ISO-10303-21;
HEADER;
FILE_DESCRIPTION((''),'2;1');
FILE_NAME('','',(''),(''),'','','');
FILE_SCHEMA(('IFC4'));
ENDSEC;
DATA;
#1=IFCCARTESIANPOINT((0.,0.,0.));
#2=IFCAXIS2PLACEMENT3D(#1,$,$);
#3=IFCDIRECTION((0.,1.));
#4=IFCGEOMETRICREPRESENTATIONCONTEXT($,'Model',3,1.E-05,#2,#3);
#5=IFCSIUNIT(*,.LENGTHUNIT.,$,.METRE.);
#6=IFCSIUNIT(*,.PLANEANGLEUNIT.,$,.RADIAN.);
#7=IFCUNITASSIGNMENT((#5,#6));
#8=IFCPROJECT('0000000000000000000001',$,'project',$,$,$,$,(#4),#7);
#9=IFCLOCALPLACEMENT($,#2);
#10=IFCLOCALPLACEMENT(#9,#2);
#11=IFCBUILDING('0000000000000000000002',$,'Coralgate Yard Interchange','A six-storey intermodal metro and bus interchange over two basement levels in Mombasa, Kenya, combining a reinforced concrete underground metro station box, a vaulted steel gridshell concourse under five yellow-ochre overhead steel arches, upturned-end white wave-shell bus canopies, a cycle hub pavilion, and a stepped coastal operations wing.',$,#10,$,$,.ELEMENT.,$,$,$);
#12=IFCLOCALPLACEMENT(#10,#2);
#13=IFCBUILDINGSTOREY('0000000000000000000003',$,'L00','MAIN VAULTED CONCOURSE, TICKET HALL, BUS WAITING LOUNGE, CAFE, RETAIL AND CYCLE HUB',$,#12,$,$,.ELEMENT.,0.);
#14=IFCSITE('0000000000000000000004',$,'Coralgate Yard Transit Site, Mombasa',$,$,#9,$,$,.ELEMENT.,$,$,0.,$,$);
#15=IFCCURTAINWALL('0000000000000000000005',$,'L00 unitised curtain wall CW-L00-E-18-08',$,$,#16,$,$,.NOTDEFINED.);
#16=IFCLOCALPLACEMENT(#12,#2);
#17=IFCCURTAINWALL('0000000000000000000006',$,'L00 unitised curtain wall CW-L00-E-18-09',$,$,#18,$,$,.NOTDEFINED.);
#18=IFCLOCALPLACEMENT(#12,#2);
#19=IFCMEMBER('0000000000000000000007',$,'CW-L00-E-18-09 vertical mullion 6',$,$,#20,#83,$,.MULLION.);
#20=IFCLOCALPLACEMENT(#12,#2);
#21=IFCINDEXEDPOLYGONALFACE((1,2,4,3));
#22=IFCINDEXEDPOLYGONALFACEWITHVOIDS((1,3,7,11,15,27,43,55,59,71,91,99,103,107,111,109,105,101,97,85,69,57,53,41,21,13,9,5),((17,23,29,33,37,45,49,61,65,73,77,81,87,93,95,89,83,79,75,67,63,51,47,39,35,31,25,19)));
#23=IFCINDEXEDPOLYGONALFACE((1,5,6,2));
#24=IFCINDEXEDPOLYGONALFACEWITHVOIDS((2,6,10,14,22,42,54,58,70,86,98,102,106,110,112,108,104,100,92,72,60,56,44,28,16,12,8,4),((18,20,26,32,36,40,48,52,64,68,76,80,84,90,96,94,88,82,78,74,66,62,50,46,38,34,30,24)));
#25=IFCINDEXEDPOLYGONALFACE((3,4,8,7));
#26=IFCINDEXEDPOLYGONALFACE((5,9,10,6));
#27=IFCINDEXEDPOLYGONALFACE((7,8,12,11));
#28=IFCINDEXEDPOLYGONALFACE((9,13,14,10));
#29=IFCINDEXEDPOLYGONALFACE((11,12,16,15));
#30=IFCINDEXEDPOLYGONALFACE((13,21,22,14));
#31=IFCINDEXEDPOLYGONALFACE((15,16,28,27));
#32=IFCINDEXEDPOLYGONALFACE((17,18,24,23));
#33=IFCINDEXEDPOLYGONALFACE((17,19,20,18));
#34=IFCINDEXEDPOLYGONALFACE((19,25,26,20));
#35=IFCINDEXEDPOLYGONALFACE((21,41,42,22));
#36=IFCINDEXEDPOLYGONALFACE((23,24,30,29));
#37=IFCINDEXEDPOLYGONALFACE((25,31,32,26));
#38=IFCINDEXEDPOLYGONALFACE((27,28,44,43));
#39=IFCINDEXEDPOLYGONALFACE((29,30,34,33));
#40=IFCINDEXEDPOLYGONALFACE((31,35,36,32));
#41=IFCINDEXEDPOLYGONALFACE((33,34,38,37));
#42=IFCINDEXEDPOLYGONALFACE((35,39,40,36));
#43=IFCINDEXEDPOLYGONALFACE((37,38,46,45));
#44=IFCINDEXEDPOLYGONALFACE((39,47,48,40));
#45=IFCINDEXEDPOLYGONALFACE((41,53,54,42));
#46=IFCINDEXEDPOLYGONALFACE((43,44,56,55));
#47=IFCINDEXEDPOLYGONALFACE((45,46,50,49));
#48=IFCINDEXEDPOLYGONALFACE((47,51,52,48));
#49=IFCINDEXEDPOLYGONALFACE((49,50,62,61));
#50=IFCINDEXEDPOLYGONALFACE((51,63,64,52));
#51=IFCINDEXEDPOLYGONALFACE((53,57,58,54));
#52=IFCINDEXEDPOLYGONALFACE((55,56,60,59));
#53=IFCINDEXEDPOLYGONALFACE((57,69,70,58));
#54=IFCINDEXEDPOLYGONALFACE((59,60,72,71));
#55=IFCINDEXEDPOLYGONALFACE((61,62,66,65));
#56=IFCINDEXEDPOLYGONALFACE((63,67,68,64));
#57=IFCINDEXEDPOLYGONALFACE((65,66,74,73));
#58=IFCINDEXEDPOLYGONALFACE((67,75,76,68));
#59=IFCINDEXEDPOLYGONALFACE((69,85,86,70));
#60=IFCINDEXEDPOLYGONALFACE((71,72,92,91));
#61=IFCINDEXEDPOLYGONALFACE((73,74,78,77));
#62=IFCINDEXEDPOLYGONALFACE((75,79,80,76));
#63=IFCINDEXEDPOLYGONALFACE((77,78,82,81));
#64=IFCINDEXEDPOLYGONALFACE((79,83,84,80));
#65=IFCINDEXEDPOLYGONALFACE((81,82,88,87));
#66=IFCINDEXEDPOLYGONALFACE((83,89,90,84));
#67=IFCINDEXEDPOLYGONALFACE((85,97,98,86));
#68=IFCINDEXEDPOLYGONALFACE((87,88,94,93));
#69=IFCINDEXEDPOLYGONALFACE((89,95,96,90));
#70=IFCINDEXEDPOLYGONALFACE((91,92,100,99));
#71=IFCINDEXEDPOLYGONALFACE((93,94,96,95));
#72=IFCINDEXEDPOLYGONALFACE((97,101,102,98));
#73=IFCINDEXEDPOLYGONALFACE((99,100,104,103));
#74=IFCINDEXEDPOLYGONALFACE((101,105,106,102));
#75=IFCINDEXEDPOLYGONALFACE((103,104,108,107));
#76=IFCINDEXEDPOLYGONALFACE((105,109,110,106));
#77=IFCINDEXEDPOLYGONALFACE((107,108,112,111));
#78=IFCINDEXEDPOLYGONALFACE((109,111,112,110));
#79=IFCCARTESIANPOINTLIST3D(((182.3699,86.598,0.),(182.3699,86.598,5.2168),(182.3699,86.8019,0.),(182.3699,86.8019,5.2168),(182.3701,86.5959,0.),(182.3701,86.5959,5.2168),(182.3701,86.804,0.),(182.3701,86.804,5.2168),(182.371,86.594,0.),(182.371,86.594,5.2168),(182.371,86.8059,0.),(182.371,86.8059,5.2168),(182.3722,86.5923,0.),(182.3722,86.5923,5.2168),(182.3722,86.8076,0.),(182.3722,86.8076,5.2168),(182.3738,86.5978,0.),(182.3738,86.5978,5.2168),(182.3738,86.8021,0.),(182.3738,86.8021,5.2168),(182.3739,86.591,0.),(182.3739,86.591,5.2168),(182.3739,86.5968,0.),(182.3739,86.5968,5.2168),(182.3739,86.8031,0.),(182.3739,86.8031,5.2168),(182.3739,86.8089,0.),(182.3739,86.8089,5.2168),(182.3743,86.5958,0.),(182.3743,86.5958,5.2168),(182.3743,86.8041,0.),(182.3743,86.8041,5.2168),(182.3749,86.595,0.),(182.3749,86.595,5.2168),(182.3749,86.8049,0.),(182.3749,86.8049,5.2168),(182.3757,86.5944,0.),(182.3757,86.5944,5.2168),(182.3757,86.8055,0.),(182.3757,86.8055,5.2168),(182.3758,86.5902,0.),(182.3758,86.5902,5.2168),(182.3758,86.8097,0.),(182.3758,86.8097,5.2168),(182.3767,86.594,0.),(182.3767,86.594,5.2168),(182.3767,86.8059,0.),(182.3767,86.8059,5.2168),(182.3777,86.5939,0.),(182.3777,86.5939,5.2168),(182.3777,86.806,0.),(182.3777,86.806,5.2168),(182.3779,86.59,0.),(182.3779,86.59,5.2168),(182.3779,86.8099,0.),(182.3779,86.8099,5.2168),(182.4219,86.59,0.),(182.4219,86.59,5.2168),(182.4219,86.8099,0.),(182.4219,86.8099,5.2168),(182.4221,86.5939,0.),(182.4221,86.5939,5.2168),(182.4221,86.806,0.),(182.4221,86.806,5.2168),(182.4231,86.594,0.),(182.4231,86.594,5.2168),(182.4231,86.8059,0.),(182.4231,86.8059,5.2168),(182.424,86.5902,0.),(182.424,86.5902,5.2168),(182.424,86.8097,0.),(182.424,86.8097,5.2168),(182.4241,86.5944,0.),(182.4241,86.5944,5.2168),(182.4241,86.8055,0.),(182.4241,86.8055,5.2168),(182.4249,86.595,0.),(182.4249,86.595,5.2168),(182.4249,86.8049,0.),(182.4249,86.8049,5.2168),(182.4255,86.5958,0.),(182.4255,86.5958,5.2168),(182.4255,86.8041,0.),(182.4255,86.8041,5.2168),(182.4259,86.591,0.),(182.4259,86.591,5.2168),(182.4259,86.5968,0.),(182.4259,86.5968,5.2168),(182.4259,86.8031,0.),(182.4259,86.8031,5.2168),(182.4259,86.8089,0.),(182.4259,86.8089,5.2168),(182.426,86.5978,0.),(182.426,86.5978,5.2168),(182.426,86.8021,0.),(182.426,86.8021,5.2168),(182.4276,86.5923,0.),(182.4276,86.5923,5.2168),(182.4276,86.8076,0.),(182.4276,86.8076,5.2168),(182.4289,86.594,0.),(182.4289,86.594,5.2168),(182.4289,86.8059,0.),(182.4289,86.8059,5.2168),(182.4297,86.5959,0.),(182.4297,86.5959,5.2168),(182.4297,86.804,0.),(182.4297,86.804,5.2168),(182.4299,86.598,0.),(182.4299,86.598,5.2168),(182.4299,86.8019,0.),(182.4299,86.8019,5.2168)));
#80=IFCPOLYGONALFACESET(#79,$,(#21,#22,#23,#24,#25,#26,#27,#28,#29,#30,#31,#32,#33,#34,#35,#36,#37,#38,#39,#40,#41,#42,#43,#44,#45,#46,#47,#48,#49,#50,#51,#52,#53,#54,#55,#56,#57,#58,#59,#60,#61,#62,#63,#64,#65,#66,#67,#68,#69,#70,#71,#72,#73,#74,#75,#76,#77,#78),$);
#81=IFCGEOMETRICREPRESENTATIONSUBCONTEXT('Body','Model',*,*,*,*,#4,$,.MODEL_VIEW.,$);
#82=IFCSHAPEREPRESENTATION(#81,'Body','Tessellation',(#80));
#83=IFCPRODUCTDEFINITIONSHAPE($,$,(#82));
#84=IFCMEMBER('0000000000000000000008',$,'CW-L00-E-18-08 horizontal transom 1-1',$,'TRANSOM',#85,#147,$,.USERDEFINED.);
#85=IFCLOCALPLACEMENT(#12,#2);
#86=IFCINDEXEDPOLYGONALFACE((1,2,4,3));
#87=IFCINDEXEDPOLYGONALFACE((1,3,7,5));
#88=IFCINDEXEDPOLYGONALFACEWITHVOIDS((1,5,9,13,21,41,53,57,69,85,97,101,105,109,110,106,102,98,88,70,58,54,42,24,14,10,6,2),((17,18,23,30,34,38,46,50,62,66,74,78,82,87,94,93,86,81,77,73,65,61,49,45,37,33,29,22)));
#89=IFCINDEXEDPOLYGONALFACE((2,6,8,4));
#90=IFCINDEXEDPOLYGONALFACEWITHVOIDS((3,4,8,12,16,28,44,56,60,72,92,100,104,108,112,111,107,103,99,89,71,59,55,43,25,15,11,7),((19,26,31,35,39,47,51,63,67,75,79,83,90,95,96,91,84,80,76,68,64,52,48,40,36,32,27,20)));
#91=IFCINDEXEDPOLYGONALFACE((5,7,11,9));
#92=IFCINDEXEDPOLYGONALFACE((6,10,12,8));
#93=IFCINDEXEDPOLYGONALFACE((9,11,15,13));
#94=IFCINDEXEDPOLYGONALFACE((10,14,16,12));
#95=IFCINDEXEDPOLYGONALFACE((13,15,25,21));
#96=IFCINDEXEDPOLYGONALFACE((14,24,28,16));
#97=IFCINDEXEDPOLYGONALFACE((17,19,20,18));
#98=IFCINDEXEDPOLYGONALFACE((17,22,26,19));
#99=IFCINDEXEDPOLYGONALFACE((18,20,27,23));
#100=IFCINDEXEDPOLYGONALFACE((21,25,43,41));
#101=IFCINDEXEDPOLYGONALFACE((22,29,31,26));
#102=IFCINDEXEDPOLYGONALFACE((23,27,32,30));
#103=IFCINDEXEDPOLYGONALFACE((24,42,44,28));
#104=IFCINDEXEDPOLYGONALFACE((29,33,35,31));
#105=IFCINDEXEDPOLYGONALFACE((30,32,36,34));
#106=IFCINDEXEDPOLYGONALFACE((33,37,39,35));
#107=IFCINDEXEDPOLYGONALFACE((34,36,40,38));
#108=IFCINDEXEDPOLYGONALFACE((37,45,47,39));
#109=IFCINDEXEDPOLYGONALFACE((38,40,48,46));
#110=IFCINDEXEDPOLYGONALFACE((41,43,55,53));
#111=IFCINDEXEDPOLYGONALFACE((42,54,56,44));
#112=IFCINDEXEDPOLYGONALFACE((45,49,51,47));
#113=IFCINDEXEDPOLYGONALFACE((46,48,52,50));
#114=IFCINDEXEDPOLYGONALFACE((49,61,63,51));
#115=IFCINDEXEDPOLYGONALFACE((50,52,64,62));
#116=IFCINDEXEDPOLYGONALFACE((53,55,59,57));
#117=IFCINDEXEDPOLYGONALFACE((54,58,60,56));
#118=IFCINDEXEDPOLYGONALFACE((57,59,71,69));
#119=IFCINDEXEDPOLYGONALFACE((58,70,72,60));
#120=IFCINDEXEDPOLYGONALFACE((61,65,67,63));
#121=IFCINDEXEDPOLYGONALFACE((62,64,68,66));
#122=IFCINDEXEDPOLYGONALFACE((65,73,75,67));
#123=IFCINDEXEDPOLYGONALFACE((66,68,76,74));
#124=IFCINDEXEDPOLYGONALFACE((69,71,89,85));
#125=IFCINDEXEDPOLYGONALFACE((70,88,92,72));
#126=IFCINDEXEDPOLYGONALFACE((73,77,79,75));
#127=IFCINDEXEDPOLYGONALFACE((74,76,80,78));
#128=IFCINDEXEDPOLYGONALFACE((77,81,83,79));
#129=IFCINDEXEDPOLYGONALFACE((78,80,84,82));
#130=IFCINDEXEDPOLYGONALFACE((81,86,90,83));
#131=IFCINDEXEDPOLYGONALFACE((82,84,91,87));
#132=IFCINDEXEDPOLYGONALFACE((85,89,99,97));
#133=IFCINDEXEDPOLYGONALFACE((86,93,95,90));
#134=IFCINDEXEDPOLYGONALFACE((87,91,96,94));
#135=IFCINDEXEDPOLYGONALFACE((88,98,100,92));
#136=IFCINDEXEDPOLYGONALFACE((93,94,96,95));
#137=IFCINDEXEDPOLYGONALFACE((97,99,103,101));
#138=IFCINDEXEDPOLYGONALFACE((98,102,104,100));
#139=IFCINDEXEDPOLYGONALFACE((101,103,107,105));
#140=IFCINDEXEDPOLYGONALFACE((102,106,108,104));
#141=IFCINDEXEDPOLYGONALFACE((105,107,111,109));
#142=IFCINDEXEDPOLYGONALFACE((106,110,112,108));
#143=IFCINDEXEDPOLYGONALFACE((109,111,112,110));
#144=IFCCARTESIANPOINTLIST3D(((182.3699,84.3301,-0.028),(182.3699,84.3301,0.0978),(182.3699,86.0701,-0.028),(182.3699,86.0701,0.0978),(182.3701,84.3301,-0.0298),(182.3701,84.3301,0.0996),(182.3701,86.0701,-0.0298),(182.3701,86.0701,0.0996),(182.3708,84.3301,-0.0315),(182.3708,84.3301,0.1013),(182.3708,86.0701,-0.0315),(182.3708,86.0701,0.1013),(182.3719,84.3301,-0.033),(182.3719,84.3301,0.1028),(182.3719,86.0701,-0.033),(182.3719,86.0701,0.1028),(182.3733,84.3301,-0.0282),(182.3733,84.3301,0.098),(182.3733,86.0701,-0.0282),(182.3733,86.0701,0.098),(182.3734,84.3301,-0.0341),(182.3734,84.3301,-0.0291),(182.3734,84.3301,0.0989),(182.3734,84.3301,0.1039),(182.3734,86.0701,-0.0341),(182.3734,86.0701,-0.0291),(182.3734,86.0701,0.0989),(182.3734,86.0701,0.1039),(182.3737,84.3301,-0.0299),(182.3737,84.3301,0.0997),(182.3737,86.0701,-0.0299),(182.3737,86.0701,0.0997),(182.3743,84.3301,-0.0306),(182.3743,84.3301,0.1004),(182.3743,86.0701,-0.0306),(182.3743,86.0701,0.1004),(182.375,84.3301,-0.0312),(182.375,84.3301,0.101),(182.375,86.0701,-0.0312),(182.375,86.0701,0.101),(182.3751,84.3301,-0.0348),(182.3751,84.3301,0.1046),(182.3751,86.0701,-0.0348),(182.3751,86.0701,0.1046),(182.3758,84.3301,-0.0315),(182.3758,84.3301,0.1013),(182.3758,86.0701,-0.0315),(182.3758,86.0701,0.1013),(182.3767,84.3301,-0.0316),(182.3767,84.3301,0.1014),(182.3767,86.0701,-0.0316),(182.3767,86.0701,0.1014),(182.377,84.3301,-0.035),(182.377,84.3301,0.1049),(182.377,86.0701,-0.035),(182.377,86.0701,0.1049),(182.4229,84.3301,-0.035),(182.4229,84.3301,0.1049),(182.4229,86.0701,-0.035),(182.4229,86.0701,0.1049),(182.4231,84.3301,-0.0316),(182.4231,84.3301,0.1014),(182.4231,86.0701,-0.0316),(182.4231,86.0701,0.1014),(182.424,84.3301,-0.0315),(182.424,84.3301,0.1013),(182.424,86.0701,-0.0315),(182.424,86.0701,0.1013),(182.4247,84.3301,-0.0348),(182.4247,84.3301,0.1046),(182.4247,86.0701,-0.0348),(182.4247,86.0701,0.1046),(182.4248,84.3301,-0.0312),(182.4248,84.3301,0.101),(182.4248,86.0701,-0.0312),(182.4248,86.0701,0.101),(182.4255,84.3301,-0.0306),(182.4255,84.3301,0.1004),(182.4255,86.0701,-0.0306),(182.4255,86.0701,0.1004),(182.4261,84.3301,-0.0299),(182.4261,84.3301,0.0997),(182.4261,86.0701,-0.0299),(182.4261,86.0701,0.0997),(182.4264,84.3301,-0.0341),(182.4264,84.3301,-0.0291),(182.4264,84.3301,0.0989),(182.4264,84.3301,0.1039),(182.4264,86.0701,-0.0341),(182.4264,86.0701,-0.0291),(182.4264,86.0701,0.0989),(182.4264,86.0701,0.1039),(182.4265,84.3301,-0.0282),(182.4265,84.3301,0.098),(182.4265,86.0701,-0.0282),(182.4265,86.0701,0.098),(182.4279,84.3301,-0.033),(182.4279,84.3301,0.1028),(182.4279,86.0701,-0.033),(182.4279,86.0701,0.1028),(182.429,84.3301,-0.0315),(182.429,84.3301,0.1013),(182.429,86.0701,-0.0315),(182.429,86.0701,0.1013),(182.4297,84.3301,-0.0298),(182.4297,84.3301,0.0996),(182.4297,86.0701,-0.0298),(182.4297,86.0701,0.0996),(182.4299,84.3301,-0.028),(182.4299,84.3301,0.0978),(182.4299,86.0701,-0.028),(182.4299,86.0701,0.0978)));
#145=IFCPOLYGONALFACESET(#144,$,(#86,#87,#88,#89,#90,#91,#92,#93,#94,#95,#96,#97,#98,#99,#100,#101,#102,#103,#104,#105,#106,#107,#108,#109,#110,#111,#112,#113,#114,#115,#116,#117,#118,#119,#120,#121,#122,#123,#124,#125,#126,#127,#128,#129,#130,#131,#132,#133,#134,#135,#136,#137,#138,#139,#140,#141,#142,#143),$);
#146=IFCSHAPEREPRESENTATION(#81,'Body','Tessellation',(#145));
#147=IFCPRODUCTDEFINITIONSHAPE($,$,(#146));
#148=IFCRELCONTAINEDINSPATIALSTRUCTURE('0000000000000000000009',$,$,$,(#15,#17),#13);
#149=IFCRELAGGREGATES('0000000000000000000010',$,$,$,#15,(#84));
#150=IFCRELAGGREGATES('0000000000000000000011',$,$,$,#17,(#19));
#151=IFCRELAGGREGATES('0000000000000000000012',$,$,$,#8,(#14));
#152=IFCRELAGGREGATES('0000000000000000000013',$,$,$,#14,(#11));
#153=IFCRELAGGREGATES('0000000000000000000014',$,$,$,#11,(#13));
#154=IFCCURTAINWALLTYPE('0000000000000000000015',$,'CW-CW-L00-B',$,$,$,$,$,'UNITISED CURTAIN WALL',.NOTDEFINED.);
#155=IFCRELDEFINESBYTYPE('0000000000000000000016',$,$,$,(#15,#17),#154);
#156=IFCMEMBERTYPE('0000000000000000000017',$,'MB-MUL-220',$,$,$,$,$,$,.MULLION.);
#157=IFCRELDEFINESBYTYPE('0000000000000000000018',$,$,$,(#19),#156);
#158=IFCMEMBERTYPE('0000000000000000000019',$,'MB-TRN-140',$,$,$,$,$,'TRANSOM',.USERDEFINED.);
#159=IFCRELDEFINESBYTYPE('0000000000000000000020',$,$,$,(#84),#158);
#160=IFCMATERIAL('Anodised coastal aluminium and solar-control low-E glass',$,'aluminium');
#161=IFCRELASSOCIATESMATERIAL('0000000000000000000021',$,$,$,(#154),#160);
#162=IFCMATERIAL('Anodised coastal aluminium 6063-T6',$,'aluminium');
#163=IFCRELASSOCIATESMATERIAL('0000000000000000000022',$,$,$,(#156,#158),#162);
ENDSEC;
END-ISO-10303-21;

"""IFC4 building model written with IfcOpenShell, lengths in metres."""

from ifc_helpers import new_model, si_unit, direction, frame, origin, origin_2d, place, context, subcontext, project, spatial, hollow_rectangle, extrude, material, material_profile, profile_set, type_object, element, aggregate, save


model = new_model("IFC4")

# Units and contexts
model_context = context("Model", 3, precision=1e-05, world=origin(), true_north=direction((0.0, 1.0)))
body_context = subcontext(model_context, "Body", "Model", "MODEL_VIEW")
ifc_project = project(units=[si_unit("LENGTHUNIT", "METRE"), si_unit("PLANEANGLEUNIT", "RADIAN")], contexts=[model_context])

# Site, building, storey
site_placement = place(None, origin())
site = spatial("IfcSite", under=ifc_project, at=site_placement, Name="Coralgate Yard Transit Site, Mombasa", CompositionType="ELEMENT", RefElevation=0.0)
building_placement = place(site_placement, origin())
building = spatial("IfcBuilding", under=site, at=building_placement, Name="Coralgate Yard Interchange", Description="A six-storey intermodal metro and bus interchange over two basement levels in Mombasa, Kenya, combining a reinforced concrete underground metro station box, a vaulted steel gridshell concourse under five yellow-ochre overhead steel arches, upturned-end white wave-shell bus canopies, a cycle hub pavilion, and a stepped coastal operations wing.", CompositionType="ELEMENT")
storey_placement = place(building_placement, origin())
storey = spatial("IfcBuildingStorey", under=building, at=storey_placement, Name="L00", Description="MAIN VAULTED CONCOURSE, TICKET HALL, BUS WAITING LOUNGE, CAFE, RETAIL AND CYCLE HUB", CompositionType="ELEMENT", Elevation=0.0)

# Curtain wall
ifc_material_1 = material(Name="Anodised coastal aluminium and solar-control low-E glass", Category="aluminium")
curtain_wall_type = type_object("IfcCurtainWallType", Name="CW-CW-L00-B", ElementType="UNITISED CURTAIN WALL", PredefinedType="NOTDEFINED", material=ifc_material_1)
curtain_wall_1_placement = place(storey_placement, origin())
curtain_wall_1 = element("IfcCurtainWall", 1, at=curtain_wall_1_placement, inside=storey, type_object=curtain_wall_type, Name="L00 unitised curtain wall CW-L00-E-18-08", PredefinedType="NOTDEFINED")
ifc_material_2 = material(Name="Anodised coastal aluminium 6063-T6", Category="aluminium")
ifc_material_profile_1 = material_profile(ifc_material_2, hollow_rectangle(XDim=0.0601, YDim=0.22, WallThickness=0.0039, InnerFilletRadius=0.0039, OuterFilletRadius=0.0081, at=origin_2d()), Name="ALU 60x220x4")
ifc_profile_set_1 = profile_set([ifc_material_profile_1], Name="Anodised coastal aluminium 6063-T6")
member_type_1 = type_object("IfcMemberType", Name="MB-MUL-220", PredefinedType="MULLION", material=ifc_profile_set_1)

# Curtain wall, member
curtain_wall_2_placement = place(storey_placement, origin())
curtain_wall_2 = element("IfcCurtainWall", 2, at=curtain_wall_2_placement, inside=storey, type_object=curtain_wall_type, Name="L00 unitised curtain wall CW-L00-E-18-09", PredefinedType="NOTDEFINED")
member_1_placement = place(storey_placement, frame((182.3999, 86.7, 0.0), z_axis=(0.0, 0.0, 1.0), x_axis=(1.0, 0.0, 0.0)))
member_1 = element("IfcMember", 3, at=member_1_placement, type_object=member_type_1, Name="CW-L00-E-18-09 vertical mullion 6", PredefinedType="MULLION", context=body_context, shape_type="SweptSolid", body=[
    extrude(hollow_rectangle(XDim=0.0601, YDim=0.22, WallThickness=0.0039, InnerFilletRadius=0.0039, OuterFilletRadius=0.0081, at=origin_2d()), origin(), (0.0, 0.0, 1.0), 5.2168),
])

# Member
ifc_material_profile_2 = material_profile(ifc_material_2, hollow_rectangle(XDim=0.0601, YDim=0.1399, WallThickness=0.0034, InnerFilletRadius=0.0034, OuterFilletRadius=0.0071, at=origin_2d()), Name="ALU 60x140x3.5")
ifc_profile_set_2 = profile_set([ifc_material_profile_2], Name="Anodised coastal aluminium 6063-T6")
member_type_2 = type_object("IfcMemberType", Name="MB-TRN-140", ElementType="TRANSOM", PredefinedType="USERDEFINED", material=ifc_profile_set_2)
member_2_placement = place(storey_placement, frame((182.3999, 86.0701, 0.0349), z_axis=(0.0, -1.0, 0.0), x_axis=(1.0, 0.0, 0.0)))
member_2 = element("IfcMember", 4, at=member_2_placement, type_object=member_type_2, Name="CW-L00-E-18-08 horizontal transom 1-1", ObjectType="TRANSOM", PredefinedType="USERDEFINED", context=body_context, shape_type="SweptSolid", body=[
    extrude(hollow_rectangle(XDim=0.0601, YDim=0.1399, WallThickness=0.0034, InnerFilletRadius=0.0034, OuterFilletRadius=0.0071, at=origin_2d()), origin(), (0.0, 0.0, 1.0), 1.74),
])
aggregate(curtain_wall_1, [member_2])

aggregate(curtain_wall_2, [member_1])

save(model, "model.ifc")
